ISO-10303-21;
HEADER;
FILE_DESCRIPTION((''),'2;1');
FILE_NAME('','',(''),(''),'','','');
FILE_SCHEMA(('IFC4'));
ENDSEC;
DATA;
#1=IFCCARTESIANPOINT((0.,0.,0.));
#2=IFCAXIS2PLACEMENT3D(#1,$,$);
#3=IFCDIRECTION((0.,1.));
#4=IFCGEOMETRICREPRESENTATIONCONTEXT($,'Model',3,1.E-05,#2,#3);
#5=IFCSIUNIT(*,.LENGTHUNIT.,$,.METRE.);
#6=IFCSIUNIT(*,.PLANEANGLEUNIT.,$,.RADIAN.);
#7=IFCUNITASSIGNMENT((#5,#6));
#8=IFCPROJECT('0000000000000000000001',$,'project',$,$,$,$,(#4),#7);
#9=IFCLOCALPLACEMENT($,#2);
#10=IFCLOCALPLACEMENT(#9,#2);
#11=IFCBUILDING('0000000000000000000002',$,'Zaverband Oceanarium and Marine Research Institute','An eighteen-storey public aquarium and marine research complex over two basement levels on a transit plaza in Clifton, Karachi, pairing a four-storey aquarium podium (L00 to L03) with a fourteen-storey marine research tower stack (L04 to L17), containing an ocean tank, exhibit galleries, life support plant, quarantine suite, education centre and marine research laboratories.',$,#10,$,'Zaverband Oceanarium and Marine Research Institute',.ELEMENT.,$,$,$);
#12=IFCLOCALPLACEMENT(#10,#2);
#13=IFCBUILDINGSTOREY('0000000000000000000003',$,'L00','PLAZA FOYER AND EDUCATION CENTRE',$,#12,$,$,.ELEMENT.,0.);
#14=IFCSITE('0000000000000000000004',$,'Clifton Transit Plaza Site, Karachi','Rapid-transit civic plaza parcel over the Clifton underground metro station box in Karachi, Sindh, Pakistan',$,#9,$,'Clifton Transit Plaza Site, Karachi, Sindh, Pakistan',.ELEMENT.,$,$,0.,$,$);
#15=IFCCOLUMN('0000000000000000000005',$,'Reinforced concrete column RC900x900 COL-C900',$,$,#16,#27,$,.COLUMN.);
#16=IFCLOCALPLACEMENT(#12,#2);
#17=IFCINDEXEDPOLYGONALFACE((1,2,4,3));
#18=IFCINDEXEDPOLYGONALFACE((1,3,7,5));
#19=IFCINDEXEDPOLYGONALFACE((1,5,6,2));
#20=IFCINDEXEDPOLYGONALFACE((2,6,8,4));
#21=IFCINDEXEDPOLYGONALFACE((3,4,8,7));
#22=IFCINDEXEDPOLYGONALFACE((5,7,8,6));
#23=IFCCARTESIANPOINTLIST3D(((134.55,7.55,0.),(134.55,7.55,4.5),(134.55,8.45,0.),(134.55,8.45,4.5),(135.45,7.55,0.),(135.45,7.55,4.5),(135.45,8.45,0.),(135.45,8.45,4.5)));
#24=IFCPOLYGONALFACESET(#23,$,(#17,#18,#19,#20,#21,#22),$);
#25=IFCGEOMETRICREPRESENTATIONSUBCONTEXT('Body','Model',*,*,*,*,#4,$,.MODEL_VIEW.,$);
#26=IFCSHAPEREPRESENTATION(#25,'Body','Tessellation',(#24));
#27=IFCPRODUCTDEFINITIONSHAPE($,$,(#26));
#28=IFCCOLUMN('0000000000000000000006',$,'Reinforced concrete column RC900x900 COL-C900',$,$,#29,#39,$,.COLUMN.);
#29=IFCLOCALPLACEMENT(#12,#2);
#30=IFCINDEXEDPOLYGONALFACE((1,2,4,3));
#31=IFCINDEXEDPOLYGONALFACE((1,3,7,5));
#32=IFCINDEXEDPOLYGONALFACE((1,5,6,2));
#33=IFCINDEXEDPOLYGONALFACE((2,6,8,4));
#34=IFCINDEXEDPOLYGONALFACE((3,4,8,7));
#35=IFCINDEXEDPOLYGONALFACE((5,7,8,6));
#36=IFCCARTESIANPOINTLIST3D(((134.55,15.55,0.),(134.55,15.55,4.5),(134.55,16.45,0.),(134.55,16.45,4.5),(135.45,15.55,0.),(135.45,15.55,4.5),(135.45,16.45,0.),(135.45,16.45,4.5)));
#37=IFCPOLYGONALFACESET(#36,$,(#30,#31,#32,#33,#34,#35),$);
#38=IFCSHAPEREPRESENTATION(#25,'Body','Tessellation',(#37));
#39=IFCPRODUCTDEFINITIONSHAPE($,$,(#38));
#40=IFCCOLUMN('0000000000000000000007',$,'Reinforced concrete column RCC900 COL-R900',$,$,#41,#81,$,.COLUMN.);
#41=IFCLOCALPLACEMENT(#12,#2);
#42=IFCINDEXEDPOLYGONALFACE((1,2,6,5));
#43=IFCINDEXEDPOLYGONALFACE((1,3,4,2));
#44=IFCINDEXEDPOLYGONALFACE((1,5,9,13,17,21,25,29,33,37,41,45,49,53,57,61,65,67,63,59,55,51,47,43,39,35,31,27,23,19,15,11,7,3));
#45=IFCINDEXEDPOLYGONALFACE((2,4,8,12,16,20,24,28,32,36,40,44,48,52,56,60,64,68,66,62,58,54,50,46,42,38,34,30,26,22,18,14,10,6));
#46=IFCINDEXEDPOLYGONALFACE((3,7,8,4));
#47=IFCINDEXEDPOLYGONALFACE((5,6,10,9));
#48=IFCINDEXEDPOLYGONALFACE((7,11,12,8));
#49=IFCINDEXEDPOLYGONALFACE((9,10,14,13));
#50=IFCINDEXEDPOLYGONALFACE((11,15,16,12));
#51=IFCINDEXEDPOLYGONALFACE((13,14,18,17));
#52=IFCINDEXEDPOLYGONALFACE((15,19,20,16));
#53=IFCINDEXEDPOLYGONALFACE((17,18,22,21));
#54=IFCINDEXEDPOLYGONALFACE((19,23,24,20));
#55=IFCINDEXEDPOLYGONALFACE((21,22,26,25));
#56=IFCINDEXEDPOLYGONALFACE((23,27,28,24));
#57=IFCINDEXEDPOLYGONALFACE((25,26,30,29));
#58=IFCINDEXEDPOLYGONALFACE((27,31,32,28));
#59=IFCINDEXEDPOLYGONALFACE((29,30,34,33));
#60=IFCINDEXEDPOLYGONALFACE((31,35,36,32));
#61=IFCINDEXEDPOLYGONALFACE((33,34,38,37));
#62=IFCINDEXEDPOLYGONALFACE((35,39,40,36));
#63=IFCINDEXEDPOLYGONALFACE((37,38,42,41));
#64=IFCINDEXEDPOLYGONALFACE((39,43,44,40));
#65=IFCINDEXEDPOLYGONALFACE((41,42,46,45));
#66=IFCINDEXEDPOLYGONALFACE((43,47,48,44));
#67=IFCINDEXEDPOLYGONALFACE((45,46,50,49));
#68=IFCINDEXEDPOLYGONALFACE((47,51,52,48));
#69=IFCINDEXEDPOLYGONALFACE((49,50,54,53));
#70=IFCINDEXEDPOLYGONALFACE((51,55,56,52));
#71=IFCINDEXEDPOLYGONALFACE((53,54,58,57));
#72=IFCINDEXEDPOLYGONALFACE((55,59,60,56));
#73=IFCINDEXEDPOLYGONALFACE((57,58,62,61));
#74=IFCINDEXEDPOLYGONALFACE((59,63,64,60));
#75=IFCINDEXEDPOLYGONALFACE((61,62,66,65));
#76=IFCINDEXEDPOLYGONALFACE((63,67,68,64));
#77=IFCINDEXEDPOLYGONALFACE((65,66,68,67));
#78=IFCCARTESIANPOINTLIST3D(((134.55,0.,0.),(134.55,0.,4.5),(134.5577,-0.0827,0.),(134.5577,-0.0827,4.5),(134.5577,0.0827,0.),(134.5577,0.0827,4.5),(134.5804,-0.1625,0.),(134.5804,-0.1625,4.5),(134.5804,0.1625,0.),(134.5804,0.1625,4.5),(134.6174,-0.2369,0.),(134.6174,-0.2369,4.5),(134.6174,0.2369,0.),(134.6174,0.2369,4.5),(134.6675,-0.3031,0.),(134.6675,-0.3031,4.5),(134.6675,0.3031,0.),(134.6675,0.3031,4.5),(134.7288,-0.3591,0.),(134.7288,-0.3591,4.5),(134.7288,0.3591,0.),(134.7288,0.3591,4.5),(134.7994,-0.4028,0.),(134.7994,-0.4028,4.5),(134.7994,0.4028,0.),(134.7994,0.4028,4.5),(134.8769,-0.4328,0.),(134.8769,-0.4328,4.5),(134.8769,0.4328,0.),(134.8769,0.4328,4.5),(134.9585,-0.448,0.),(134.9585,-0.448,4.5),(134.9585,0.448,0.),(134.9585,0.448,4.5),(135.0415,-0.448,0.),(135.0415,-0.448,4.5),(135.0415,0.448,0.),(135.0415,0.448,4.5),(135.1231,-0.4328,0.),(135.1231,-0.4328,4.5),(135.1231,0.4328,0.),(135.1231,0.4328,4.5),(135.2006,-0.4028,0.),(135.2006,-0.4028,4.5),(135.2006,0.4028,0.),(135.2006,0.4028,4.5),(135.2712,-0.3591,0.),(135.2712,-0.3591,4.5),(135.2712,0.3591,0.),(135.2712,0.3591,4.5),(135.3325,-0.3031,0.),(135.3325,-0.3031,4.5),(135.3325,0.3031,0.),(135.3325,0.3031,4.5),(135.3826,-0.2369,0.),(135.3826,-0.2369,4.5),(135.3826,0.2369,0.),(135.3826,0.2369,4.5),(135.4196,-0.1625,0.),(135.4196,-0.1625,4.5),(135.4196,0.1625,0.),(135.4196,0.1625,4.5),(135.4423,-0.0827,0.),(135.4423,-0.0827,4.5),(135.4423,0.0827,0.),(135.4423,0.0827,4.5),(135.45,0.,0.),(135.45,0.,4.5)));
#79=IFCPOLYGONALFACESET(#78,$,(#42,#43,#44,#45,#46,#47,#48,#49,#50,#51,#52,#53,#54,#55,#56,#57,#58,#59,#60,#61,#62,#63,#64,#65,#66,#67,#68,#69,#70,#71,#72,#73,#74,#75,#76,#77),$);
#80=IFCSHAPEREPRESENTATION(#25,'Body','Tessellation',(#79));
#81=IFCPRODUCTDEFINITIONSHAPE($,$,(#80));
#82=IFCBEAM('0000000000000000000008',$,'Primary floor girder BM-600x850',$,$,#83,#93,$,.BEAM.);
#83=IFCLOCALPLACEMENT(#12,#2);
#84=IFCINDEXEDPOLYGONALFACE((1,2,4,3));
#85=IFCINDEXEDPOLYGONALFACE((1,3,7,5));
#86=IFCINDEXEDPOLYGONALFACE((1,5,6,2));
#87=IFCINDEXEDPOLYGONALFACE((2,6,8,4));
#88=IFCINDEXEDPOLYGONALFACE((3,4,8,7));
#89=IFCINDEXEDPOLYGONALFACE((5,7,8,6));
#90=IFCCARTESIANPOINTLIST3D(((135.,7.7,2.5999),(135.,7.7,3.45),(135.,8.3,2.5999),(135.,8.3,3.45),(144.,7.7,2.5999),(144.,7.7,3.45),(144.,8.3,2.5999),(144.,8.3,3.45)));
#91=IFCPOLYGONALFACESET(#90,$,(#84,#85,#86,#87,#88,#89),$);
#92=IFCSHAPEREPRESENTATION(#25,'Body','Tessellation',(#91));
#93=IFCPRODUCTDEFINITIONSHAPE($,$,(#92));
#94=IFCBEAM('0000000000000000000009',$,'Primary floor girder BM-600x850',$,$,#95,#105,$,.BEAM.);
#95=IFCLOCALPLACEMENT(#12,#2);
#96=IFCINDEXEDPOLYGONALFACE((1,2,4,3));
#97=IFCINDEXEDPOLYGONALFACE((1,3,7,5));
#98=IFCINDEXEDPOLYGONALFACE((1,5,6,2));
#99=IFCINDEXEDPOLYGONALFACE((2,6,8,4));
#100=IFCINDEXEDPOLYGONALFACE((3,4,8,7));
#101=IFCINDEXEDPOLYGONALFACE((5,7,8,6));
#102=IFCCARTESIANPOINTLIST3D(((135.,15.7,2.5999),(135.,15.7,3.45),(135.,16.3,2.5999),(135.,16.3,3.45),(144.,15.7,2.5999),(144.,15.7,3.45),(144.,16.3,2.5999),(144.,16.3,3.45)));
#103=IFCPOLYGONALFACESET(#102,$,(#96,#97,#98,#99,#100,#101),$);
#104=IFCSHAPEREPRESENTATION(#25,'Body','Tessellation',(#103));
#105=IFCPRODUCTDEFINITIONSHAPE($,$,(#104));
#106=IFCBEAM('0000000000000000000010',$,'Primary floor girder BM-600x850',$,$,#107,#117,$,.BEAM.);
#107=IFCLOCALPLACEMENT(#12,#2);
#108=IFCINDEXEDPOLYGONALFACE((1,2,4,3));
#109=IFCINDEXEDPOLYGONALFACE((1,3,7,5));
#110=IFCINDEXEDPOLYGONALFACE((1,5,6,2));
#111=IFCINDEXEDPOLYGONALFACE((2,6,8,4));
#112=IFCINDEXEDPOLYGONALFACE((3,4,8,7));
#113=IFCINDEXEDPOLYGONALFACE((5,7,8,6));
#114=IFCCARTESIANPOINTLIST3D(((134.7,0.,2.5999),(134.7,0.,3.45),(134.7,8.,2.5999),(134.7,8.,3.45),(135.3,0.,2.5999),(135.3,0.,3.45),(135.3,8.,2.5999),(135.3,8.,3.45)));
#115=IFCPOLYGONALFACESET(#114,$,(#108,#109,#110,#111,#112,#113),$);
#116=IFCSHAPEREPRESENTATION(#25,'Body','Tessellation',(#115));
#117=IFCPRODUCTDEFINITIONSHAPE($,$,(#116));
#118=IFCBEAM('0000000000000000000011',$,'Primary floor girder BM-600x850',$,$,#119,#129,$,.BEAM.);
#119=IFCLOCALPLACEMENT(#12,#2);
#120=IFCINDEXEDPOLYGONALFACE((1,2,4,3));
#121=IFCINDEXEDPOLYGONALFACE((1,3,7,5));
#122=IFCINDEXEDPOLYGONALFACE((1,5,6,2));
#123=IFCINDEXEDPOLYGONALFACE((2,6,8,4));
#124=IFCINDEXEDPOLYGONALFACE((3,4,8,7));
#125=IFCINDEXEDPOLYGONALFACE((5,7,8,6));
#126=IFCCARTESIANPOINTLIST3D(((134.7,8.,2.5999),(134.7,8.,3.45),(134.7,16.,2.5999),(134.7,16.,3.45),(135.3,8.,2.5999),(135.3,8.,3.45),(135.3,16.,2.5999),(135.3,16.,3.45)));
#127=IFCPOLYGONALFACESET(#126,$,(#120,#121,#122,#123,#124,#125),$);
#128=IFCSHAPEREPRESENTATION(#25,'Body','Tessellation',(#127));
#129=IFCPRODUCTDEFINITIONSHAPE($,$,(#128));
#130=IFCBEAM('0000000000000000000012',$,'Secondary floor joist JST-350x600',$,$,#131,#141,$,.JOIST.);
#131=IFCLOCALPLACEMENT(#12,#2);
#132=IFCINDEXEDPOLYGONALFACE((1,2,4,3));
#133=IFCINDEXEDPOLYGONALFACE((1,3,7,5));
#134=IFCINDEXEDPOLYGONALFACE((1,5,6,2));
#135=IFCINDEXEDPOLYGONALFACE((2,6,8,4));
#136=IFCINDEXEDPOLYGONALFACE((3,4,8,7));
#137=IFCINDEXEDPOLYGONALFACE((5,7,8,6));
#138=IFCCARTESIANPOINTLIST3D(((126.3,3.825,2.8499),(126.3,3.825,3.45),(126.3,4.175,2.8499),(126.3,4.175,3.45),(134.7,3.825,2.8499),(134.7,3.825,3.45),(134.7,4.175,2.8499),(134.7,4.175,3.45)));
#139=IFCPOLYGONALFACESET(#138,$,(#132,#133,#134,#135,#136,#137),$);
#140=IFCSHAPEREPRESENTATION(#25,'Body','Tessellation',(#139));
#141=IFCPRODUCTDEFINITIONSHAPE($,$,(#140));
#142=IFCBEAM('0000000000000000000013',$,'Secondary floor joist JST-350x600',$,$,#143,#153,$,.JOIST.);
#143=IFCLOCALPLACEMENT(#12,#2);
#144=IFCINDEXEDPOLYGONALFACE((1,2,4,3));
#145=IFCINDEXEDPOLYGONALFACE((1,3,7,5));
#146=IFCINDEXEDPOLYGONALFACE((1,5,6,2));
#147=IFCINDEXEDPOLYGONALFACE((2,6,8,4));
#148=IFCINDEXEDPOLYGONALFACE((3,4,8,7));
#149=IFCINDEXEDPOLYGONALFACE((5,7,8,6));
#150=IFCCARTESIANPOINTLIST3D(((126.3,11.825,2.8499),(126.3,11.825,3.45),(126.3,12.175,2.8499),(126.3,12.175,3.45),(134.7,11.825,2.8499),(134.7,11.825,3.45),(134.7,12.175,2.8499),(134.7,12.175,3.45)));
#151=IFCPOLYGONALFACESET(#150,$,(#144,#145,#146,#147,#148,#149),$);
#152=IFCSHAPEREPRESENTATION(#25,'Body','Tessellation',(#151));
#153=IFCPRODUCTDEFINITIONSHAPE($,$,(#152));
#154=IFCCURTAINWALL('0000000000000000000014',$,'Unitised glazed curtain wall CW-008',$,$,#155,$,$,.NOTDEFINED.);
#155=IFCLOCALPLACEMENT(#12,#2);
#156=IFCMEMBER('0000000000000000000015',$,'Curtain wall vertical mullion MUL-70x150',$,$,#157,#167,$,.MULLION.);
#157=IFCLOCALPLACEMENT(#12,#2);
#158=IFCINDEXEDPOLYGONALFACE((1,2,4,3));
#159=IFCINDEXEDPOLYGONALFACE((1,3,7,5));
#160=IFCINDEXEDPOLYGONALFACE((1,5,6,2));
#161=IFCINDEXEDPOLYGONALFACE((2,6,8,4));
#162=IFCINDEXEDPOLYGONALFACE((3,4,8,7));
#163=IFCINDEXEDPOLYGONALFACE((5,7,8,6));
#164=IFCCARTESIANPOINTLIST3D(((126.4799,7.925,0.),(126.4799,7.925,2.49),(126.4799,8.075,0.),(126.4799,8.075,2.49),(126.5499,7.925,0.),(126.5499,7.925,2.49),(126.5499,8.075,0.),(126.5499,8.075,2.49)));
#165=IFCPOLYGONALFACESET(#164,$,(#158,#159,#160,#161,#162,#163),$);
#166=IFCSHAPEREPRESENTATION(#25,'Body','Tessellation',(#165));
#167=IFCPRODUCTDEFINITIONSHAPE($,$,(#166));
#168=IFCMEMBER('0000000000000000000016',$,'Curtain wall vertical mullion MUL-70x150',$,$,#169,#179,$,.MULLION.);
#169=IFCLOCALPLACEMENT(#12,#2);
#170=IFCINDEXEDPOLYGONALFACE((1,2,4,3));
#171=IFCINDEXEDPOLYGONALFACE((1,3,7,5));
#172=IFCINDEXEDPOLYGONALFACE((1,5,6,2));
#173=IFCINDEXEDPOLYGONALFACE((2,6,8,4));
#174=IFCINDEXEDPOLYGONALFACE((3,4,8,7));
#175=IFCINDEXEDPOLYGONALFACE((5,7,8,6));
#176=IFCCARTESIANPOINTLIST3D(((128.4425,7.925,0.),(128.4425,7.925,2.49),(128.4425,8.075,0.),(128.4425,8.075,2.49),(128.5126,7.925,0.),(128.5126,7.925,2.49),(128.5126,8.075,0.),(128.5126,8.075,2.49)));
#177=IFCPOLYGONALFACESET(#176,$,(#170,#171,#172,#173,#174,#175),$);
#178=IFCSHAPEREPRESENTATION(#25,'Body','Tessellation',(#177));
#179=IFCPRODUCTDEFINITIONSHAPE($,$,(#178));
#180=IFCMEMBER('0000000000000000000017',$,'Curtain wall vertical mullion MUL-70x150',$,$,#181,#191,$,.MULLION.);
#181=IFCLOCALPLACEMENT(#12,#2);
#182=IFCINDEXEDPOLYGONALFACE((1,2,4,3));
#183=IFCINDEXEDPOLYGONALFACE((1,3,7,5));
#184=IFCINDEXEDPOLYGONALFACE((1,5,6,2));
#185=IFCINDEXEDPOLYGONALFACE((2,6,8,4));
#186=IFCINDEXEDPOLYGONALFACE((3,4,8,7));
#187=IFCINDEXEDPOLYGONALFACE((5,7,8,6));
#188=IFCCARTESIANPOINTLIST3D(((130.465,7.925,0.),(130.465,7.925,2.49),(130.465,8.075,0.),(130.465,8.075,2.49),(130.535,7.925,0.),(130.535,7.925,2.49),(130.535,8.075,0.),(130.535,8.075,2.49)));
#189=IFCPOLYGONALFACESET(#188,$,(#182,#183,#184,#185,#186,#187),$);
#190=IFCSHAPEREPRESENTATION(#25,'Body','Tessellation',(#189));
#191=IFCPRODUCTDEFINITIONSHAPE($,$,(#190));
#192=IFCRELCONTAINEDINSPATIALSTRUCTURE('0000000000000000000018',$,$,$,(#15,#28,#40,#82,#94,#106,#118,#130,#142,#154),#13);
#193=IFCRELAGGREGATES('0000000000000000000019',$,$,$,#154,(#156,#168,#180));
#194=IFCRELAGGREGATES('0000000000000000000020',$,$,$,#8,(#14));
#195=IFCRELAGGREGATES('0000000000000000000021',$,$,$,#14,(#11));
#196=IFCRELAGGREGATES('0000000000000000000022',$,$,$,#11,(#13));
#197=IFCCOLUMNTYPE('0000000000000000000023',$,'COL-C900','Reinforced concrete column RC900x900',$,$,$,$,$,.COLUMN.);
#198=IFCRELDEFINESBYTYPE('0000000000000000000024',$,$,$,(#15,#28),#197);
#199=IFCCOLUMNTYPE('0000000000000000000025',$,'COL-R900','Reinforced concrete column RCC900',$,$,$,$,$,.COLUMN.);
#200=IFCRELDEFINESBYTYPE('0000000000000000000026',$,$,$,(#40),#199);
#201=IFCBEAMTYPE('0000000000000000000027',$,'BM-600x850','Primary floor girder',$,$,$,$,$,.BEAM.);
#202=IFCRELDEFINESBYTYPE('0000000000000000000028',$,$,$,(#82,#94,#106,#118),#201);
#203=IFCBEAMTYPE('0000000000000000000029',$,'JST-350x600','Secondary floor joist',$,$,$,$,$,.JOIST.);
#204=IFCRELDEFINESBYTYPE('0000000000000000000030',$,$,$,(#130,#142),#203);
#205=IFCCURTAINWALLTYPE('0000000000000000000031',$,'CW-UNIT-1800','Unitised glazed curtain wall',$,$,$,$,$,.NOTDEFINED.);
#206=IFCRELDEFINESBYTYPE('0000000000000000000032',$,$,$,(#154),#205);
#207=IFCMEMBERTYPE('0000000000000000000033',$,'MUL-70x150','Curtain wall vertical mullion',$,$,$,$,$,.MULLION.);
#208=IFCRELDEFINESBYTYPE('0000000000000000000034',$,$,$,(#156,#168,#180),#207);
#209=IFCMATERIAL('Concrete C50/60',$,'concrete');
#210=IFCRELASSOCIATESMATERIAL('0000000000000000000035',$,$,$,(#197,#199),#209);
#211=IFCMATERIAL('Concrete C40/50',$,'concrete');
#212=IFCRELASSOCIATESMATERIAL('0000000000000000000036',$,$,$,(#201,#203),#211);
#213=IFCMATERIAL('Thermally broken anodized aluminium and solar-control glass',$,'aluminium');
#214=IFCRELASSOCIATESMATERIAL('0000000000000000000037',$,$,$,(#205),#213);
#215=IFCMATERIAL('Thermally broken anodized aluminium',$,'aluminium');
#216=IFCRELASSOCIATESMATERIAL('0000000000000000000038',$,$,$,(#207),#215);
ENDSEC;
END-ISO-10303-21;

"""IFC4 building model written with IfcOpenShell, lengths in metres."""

from ifc_helpers import new_model, si_unit, direction, frame, origin, origin_2d, place, context, subcontext, project, spatial, rectangle, circle, extrude, material, material_profile, profile_set, type_object, element, aggregate, save


model = new_model("IFC4")

# Units and contexts
model_context = context("Model", 3, precision=1e-05, world=origin(), true_north=direction((0.0, 1.0)))
body_context = subcontext(model_context, "Body", "Model", "MODEL_VIEW")
ifc_project = project(units=[si_unit("LENGTHUNIT", "METRE"), si_unit("PLANEANGLEUNIT", "RADIAN")], contexts=[model_context])

# Site, building, storey
site_placement = place(None, origin())
site = spatial("IfcSite", under=ifc_project, at=site_placement, Name="Clifton Transit Plaza Site, Karachi", Description="Rapid-transit civic plaza parcel over the Clifton underground metro station box in Karachi, Sindh, Pakistan", LongName="Clifton Transit Plaza Site, Karachi, Sindh, Pakistan", CompositionType="ELEMENT", RefElevation=0.0)
building_placement = place(site_placement, origin())
building = spatial("IfcBuilding", under=site, at=building_placement, Name="Zaverband Oceanarium and Marine Research Institute", Description="An eighteen-storey public aquarium and marine research complex over two basement levels on a transit plaza in Clifton, Karachi, pairing a four-storey aquarium podium (L00 to L03) with a fourteen-storey marine research tower stack (L04 to L17), containing an ocean tank, exhibit galleries, life support plant, quarantine suite, education centre and marine research laboratories.", LongName="Zaverband Oceanarium and Marine Research Institute", CompositionType="ELEMENT")
storey_placement = place(building_placement, origin())
storey = spatial("IfcBuildingStorey", under=building, at=storey_placement, Name="L00", Description="PLAZA FOYER AND EDUCATION CENTRE", CompositionType="ELEMENT", Elevation=0.0)

# Columns
ifc_material_1 = material(Name="Concrete C50/60", Category="concrete")
ifc_material_profile_1 = material_profile(ifc_material_1, rectangle(XDim=0.8999, YDim=0.8999, at=origin_2d()), Name="RC900x900")
ifc_profile_set_1 = profile_set([ifc_material_profile_1], Name="Concrete C50/60")
column_type_1 = type_object("IfcColumnType", Name="COL-C900", Description="Reinforced concrete column RC900x900", PredefinedType="COLUMN", material=ifc_profile_set_1)
for number, where, z_axis, x_axis, name in (
    (1, (135.0, 8.0, 0.0), (0.0, 0.0, 1.0), (1.0, 0.0, 0.0), "Reinforced concrete column RC900x900 COL-C900"),
    (2, (135.0, 16.0, 0.0), (0.0, 0.0, 1.0), (1.0, 0.0, 0.0), "Reinforced concrete column RC900x900 COL-C900"),
):
    element("IfcColumn", number, at=place(storey_placement, frame(where, z_axis=z_axis, x_axis=x_axis)), inside=storey, type_object=column_type_1, Name=name, PredefinedType="COLUMN", context=body_context, shape_type="SweptSolid", body=[
        extrude(rectangle(XDim=0.8999, YDim=0.8999, at=origin_2d()), origin(), (0.0, 0.0, 1.0), 4.5),
    ])
ifc_material_profile_2 = material_profile(ifc_material_1, circle(Radius=0.45, at=origin_2d()), Name="RCC900")
ifc_profile_set_2 = profile_set([ifc_material_profile_2], Name="Concrete C50/60")
column_type_2 = type_object("IfcColumnType", Name="COL-R900", Description="Reinforced concrete column RCC900", PredefinedType="COLUMN", material=ifc_profile_set_2)
column_placement = place(storey_placement, frame((135.0, 0.0, 0.0), z_axis=(0.0, 0.0, 1.0), x_axis=(1.0, 0.0, 0.0)))
element("IfcColumn", 3, at=column_placement, inside=storey, type_object=column_type_2, Name="Reinforced concrete column RCC900 COL-R900", PredefinedType="COLUMN", context=body_context, shape_type="SweptSolid", body=[
    extrude(circle(Radius=0.45, at=origin_2d()), origin(), (0.0, 0.0, 1.0), 4.5),
])

# Beams
ifc_material_2 = material(Name="Concrete C40/50", Category="concrete")
ifc_material_profile_3 = material_profile(ifc_material_2, rectangle(XDim=0.6001, YDim=0.8501, at=origin_2d()), Name="RC600x850")
ifc_profile_set_3 = profile_set([ifc_material_profile_3], Name="Concrete C40/50")
beam_type_1 = type_object("IfcBeamType", Name="BM-600x850", Description="Primary floor girder", PredefinedType="BEAM", material=ifc_profile_set_3)
for number, where, z_axis, x_axis, name in (
    (4, (135.0, 8.0, 3.0249), (1.0, 0.0, 0.0), (0.0, 1.0, 0.0), "Primary floor girder BM-600x850"),
    (5, (135.0, 16.0, 3.0249), (1.0, 0.0, 0.0), (0.0, 1.0, 0.0), "Primary floor girder BM-600x850"),
):
    element("IfcBeam", number, at=place(storey_placement, frame(where, z_axis=z_axis, x_axis=x_axis)), inside=storey, type_object=beam_type_1, Name=name, PredefinedType="BEAM", context=body_context, shape_type="SweptSolid", body=[
        extrude(rectangle(XDim=0.6001, YDim=0.8501, at=origin_2d()), origin(), (0.0, 0.0, 1.0), 9.0),
    ])
for number, where, z_axis, x_axis, name in (
    (6, (135.0, 0.0, 3.0249), (0.0, 1.0, 0.0), (-1.0, 0.0, 0.0), "Primary floor girder BM-600x850"),
    (7, (135.0, 8.0, 3.0249), (0.0, 1.0, 0.0), (-1.0, 0.0, 0.0), "Primary floor girder BM-600x850"),
):
    element("IfcBeam", number, at=place(storey_placement, frame(where, z_axis=z_axis, x_axis=x_axis)), inside=storey, type_object=beam_type_1, Name=name, PredefinedType="BEAM", context=body_context, shape_type="SweptSolid", body=[
        extrude(rectangle(XDim=0.6001, YDim=0.8501, at=origin_2d()), origin(), (0.0, 0.0, 1.0), 8.0),
    ])
ifc_material_profile_4 = material_profile(ifc_material_2, rectangle(XDim=0.3501, YDim=0.6001, at=origin_2d()), Name="RC350x600")
ifc_profile_set_4 = profile_set([ifc_material_profile_4], Name="Concrete C40/50")
beam_type_2 = type_object("IfcBeamType", Name="JST-350x600", Description="Secondary floor joist", PredefinedType="JOIST", material=ifc_profile_set_4)
for number, where, z_axis, x_axis, name in (
    (8, (126.3, 4.0, 3.1499), (1.0, 0.0, 0.0), (0.0, 1.0, 0.0), "Secondary floor joist JST-350x600"),
    (9, (126.3, 12.0, 3.1499), (1.0, 0.0, 0.0), (0.0, 1.0, 0.0), "Secondary floor joist JST-350x600"),
):
    element("IfcBeam", number, at=place(storey_placement, frame(where, z_axis=z_axis, x_axis=x_axis)), inside=storey, type_object=beam_type_2, Name=name, PredefinedType="JOIST", context=body_context, shape_type="SweptSolid", body=[
        extrude(rectangle(XDim=0.3501, YDim=0.6001, at=origin_2d()), origin(), (0.0, 0.0, 1.0), 8.3999),
    ])

# Curtain wall, members
ifc_material_3 = material(Name="Thermally broken anodized aluminium and solar-control glass", Category="aluminium")
curtain_wall_type = type_object("IfcCurtainWallType", Name="CW-UNIT-1800", Description="Unitised glazed curtain wall", PredefinedType="NOTDEFINED", material=ifc_material_3)
curtain_wall_placement = place(storey_placement, origin())
curtain_wall = element("IfcCurtainWall", 10, at=curtain_wall_placement, inside=storey, type_object=curtain_wall_type, Name="Unitised glazed curtain wall CW-008", PredefinedType="NOTDEFINED")
ifc_material_4 = material(Name="Thermally broken anodized aluminium", Category="aluminium")
ifc_material_profile_5 = material_profile(ifc_material_4, rectangle(XDim=0.0701, YDim=0.1499, at=origin_2d()), Name="AL-MUL-70x150")
ifc_profile_set_5 = profile_set([ifc_material_profile_5], Name="Thermally broken anodized aluminium")
member_type_1 = type_object("IfcMemberType", Name="MUL-70x150", Description="Curtain wall vertical mullion", PredefinedType="MULLION", material=ifc_profile_set_5)
member_1_placement = place(storey_placement, frame((126.5149, 8.0, 0.0), z_axis=(0.0, 0.0, 1.0), x_axis=(1.0, 0.0, 0.0)))
member_1 = element("IfcMember", 11, at=member_1_placement, type_object=member_type_1, Name="Curtain wall vertical mullion MUL-70x150", PredefinedType="MULLION", context=body_context, shape_type="SweptSolid", body=[
    extrude(rectangle(XDim=0.0701, YDim=0.1499, at=origin_2d()), origin(), (0.0, 0.0, 1.0), 2.49),
])
member_2_placement = place(storey_placement, frame((128.4775, 8.0, 0.0), z_axis=(0.0, 0.0, 1.0), x_axis=(1.0, 0.0, 0.0)))
member_2 = element("IfcMember", 12, at=member_2_placement, type_object=member_type_1, Name="Curtain wall vertical mullion MUL-70x150", PredefinedType="MULLION", context=body_context, shape_type="SweptSolid", body=[
    extrude(rectangle(XDim=0.0701, YDim=0.1499, at=origin_2d()), origin(), (0.0, 0.0, 1.0), 2.49),
])
member_3_placement = place(storey_placement, frame((130.5, 8.0, 0.0), z_axis=(0.0, 0.0, 1.0), x_axis=(1.0, 0.0, 0.0)))
member_3 = element("IfcMember", 13, at=member_3_placement, type_object=member_type_1, Name="Curtain wall vertical mullion MUL-70x150", PredefinedType="MULLION", context=body_context, shape_type="SweptSolid", body=[
    extrude(rectangle(XDim=0.0701, YDim=0.1499, at=origin_2d()), origin(), (0.0, 0.0, 1.0), 2.49),
])

aggregate(curtain_wall, [member_1, member_2, member_3])

save(model, "model.ifc")
